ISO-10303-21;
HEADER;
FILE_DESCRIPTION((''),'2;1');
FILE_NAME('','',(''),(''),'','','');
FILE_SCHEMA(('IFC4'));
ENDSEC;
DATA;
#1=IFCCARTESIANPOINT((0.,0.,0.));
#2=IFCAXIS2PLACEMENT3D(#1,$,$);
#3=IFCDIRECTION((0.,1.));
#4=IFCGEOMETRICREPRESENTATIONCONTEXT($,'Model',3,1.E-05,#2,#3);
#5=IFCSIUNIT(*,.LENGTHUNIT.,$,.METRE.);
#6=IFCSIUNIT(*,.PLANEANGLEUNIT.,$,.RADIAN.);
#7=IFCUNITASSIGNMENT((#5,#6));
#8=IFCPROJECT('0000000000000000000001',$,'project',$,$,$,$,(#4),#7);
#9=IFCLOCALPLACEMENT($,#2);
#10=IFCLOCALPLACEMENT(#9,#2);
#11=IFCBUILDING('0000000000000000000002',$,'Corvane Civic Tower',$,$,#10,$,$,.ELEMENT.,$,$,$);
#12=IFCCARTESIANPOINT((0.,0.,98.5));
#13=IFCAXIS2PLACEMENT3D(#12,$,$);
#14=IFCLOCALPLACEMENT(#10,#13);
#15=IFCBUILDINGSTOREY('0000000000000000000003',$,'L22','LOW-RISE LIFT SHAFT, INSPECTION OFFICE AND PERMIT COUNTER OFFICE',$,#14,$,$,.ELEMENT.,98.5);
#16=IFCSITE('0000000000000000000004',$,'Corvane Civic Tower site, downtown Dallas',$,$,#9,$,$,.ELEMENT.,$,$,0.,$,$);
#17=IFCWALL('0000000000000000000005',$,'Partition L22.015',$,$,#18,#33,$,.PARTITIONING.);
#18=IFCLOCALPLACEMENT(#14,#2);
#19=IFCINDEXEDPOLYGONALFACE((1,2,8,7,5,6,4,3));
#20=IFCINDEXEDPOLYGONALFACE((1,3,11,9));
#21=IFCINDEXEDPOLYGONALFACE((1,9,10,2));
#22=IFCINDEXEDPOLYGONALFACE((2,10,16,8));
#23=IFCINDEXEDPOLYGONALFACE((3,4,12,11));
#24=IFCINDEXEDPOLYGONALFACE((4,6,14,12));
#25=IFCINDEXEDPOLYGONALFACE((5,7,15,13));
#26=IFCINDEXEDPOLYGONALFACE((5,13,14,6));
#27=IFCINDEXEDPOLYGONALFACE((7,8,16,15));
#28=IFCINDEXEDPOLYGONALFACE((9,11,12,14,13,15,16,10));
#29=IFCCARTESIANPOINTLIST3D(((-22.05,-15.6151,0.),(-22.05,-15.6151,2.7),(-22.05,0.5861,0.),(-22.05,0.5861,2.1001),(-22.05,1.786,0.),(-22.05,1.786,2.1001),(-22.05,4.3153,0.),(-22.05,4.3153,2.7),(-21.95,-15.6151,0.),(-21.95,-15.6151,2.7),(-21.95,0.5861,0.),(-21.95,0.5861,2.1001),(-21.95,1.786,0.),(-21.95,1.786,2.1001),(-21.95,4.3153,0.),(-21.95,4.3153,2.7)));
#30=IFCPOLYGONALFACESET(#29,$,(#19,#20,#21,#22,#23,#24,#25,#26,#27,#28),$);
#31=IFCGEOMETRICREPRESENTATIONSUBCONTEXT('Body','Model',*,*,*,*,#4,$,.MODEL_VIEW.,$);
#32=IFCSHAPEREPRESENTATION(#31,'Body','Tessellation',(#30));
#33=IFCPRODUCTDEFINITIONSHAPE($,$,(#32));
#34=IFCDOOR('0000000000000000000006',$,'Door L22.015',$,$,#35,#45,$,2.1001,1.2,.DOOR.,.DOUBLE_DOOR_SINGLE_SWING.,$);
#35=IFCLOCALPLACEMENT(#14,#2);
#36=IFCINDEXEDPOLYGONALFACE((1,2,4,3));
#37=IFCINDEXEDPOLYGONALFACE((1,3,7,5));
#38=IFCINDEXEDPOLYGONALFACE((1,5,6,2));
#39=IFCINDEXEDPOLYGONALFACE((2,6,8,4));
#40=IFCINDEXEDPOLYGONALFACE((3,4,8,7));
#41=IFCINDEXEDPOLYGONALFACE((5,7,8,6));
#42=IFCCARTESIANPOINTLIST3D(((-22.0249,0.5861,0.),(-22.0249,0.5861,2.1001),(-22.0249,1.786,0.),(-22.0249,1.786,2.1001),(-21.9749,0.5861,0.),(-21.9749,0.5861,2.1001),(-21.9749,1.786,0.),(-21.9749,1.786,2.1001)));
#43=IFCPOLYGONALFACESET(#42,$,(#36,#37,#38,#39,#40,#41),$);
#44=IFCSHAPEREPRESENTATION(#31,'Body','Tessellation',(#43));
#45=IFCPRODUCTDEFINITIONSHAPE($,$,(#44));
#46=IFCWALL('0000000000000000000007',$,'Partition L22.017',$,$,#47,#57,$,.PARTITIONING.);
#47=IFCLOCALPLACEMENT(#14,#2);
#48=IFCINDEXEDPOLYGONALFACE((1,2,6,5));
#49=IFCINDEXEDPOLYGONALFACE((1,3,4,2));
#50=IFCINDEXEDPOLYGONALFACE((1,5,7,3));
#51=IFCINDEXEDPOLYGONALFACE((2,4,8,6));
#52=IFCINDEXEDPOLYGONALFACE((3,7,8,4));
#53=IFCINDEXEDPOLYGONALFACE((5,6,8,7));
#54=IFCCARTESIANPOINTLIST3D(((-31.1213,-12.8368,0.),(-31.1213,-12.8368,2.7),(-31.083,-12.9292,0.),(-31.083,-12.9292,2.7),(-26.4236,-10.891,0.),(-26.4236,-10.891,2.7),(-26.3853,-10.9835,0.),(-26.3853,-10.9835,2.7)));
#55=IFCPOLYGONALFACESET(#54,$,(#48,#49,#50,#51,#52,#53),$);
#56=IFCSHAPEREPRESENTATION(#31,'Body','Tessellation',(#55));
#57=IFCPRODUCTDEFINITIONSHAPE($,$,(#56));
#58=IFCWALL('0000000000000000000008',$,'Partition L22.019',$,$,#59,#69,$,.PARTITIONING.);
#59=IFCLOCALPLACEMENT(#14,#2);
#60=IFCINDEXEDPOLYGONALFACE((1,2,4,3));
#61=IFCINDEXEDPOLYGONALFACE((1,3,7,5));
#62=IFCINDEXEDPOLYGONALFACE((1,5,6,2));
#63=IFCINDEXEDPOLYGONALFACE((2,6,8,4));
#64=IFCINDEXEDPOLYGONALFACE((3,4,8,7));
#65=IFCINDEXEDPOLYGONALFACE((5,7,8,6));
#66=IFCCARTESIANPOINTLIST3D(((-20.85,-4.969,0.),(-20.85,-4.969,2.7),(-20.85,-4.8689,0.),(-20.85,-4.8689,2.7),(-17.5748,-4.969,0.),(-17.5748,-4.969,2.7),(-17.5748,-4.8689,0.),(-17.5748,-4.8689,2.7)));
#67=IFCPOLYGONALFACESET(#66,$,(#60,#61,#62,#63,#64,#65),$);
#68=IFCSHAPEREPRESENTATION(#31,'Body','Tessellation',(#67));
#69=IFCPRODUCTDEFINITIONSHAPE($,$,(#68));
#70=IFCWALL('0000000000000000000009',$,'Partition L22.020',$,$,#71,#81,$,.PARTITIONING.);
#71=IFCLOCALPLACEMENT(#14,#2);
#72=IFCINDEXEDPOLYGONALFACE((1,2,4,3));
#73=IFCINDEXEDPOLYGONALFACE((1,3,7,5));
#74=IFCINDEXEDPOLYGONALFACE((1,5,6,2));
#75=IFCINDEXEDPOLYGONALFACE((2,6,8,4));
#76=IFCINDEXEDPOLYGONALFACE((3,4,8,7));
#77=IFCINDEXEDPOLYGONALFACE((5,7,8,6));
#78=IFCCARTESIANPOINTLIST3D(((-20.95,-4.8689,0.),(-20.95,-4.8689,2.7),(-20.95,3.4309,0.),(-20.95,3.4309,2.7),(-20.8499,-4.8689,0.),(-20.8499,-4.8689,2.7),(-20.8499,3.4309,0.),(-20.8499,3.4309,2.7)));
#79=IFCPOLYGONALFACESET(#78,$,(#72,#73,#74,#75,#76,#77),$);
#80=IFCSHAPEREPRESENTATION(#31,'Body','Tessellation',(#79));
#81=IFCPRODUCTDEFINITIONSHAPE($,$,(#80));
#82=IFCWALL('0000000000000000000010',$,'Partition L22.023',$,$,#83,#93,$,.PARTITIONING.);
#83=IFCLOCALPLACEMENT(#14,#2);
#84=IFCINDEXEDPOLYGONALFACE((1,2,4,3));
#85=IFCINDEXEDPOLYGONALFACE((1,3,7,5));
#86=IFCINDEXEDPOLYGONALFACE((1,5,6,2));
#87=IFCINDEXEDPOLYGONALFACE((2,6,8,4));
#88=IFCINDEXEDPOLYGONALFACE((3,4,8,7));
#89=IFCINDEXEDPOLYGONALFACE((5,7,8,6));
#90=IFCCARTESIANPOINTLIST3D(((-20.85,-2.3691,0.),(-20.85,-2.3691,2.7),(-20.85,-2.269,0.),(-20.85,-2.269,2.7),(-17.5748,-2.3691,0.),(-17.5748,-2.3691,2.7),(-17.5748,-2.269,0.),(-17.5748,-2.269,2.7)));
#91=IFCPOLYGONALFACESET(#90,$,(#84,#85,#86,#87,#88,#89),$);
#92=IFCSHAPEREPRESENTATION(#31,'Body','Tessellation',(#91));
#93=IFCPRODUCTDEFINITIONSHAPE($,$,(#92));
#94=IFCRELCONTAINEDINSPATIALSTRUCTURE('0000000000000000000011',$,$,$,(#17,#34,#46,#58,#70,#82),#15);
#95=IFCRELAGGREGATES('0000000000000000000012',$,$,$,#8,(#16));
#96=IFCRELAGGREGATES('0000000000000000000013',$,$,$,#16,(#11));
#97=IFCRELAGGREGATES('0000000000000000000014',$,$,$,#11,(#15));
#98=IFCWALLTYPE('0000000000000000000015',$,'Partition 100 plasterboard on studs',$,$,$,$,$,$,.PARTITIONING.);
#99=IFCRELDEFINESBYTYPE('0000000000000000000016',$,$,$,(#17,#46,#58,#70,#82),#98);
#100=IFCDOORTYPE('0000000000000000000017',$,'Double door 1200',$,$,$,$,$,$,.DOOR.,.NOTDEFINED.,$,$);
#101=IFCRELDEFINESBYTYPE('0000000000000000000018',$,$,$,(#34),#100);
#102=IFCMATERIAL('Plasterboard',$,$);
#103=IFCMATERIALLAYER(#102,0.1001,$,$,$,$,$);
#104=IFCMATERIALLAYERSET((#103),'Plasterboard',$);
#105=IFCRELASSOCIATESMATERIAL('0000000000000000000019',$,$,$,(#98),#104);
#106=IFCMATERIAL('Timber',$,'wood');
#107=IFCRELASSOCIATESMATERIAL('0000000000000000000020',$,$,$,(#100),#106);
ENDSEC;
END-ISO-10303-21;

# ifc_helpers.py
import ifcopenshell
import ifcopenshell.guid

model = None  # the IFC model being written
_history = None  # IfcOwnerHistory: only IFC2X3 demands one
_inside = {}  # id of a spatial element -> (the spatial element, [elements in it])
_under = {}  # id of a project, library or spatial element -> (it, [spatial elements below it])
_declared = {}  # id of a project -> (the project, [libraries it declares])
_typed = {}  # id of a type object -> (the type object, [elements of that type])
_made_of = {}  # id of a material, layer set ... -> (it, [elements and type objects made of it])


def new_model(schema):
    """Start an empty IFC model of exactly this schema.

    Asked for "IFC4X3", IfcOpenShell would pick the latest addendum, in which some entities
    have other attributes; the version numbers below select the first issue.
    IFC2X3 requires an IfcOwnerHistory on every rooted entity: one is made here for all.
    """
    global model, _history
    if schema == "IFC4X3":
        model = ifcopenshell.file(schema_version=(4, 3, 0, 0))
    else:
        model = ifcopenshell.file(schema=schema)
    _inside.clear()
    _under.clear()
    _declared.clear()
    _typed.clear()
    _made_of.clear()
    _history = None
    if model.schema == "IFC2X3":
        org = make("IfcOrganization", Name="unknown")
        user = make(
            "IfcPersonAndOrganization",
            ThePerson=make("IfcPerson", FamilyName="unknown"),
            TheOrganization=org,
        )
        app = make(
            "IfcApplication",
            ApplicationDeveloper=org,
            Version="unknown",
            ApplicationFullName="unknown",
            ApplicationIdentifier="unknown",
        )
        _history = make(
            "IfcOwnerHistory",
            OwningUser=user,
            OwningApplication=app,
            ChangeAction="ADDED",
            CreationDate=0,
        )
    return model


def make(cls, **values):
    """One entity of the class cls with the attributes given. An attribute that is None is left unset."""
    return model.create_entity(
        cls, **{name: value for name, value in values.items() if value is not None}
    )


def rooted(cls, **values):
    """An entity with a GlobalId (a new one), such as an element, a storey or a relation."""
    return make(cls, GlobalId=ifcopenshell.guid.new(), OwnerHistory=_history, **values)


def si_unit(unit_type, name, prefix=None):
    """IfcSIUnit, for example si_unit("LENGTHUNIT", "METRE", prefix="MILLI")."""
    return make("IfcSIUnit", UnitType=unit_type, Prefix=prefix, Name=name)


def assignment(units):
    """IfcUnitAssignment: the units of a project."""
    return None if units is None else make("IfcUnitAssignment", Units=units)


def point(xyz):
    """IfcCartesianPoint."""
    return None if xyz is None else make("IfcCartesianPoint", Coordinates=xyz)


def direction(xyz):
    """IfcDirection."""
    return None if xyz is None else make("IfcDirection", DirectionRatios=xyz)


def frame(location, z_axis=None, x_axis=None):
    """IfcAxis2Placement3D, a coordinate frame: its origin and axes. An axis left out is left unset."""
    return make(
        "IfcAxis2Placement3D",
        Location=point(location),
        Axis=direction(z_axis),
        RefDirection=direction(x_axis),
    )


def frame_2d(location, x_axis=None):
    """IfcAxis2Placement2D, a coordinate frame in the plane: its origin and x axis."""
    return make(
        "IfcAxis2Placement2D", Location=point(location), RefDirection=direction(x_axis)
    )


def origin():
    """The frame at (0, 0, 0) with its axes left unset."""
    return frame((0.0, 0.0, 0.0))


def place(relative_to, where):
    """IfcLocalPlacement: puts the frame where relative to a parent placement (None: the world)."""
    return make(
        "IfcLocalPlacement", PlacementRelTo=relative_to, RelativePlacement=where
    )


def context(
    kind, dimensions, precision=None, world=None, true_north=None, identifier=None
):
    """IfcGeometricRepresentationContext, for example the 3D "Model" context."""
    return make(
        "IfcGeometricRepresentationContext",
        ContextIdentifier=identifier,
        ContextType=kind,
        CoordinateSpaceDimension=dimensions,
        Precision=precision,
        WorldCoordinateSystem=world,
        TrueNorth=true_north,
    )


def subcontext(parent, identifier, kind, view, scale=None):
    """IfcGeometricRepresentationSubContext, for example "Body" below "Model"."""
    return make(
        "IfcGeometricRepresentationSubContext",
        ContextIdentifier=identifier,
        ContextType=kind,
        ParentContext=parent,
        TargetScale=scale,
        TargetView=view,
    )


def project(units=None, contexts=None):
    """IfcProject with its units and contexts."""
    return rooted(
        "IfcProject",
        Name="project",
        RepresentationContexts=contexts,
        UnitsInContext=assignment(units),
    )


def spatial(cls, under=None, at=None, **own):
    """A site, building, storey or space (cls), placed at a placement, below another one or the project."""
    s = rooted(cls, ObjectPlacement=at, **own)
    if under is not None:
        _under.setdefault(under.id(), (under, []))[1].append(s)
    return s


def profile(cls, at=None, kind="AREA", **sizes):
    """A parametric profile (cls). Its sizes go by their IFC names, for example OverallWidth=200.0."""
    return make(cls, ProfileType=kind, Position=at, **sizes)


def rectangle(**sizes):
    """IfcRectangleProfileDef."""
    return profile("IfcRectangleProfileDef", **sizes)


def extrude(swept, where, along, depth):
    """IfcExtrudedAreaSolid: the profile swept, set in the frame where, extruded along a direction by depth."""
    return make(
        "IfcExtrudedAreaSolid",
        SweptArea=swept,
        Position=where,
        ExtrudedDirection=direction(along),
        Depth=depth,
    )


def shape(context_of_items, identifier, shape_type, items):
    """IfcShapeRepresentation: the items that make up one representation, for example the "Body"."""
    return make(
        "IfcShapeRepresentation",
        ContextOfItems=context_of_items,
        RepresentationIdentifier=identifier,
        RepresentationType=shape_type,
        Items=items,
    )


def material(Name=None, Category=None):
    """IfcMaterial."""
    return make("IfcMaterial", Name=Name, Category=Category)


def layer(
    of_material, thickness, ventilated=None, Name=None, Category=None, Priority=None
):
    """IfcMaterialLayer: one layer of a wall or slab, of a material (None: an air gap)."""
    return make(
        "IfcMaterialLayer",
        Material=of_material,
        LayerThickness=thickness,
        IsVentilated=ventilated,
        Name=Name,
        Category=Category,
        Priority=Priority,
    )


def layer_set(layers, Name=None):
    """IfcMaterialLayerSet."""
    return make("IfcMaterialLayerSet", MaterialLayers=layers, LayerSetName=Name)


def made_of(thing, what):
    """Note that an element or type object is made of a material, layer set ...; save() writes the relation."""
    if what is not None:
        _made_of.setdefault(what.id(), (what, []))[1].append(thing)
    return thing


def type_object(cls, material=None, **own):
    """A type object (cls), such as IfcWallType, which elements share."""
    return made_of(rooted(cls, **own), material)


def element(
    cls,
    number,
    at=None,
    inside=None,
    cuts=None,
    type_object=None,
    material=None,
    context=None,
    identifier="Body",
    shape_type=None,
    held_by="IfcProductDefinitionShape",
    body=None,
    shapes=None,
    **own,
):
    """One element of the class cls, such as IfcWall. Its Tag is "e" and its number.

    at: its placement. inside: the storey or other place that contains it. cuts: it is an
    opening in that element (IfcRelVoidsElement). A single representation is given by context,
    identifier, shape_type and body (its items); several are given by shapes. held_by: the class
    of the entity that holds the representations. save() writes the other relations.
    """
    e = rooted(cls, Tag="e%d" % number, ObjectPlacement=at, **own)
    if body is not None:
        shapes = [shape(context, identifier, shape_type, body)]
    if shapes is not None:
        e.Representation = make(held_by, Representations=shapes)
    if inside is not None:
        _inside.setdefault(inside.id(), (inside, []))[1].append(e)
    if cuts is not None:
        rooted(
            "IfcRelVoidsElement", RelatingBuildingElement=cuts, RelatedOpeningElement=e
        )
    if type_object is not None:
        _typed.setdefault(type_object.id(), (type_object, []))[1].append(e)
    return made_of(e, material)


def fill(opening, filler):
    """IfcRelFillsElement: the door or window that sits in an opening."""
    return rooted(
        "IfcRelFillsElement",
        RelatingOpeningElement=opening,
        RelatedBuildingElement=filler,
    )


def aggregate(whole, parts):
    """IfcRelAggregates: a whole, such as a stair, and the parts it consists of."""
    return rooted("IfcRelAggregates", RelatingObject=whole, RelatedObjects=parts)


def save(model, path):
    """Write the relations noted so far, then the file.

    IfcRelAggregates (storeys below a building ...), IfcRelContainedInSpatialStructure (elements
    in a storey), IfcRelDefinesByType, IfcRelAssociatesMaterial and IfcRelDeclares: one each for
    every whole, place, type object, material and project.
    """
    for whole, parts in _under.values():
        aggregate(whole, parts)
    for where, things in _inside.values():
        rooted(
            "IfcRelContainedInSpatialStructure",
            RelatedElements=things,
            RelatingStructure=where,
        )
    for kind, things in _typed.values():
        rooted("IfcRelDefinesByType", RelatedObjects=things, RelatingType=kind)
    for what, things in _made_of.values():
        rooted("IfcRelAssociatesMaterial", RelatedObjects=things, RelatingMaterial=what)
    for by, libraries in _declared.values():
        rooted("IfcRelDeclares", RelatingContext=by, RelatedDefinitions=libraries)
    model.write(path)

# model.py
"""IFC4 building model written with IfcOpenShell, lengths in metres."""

from ifc_helpers import new_model, si_unit, direction, frame, frame_2d, origin, place, context, subcontext, project, spatial, rectangle, extrude, material, layer, layer_set, type_object, element, fill, save


model = new_model("IFC4")

# Units and contexts
model_context = context("Model", 3, precision=1e-05, world=origin(), true_north=direction((0.0, 1.0)))
body_context = subcontext(model_context, "Body", "Model", "MODEL_VIEW")
ifc_project = project(units=[si_unit("LENGTHUNIT", "METRE"), si_unit("PLANEANGLEUNIT", "RADIAN")], contexts=[model_context])

# Site, building, storey
site_placement = place(None, origin())
site = spatial("IfcSite", under=ifc_project, at=site_placement, Name="Corvane Civic Tower site, downtown Dallas", CompositionType="ELEMENT", RefElevation=0.0)
building_placement = place(site_placement, origin())
building = spatial("IfcBuilding", under=site, at=building_placement, Name="Corvane Civic Tower", CompositionType="ELEMENT")
storey_placement = place(building_placement, frame((0.0, 0.0, 98.5)))
storey = spatial("IfcBuildingStorey", under=building, at=storey_placement, Name="L22", Description="LOW-RISE LIFT SHAFT, INSPECTION OFFICE AND PERMIT COUNTER OFFICE", CompositionType="ELEMENT", Elevation=98.5)

# Wall, opening, door
ifc_material_1 = material(Name="Plasterboard")
ifc_layer_1 = layer(ifc_material_1, 0.1001)
ifc_layer_set_1 = layer_set([ifc_layer_1], Name="Plasterboard")
wall_type_1 = type_object("IfcWallType", Name="Partition 100 plasterboard on studs", PredefinedType="PARTITIONING", material=ifc_layer_set_1)
wall_1_placement = place(storey_placement, frame((-22.0, -15.6152, 0.0), z_axis=(0.0, 0.0, 1.0), x_axis=(0.0, 1.0, 0.0)))
wall_1 = element("IfcWall", 1, at=wall_1_placement, inside=storey, type_object=wall_type_1, Name="Partition L22.015", PredefinedType="PARTITIONING", context=body_context, shape_type="SweptSolid", body=[
    extrude(rectangle(XDim=19.9304, YDim=0.1001, at=frame_2d((9.9653, 0.0))), origin(), (0.0, 0.0, 1.0), 2.7),
])
opening_1_placement = place(wall_1_placement, frame((16.2012, 0.0, 0.0)))
opening_1 = element("IfcOpeningElement", 2, at=opening_1_placement, cuts=wall_1, PredefinedType="OPENING", context=body_context, shape_type="SweptSolid", body=[
    extrude(rectangle(XDim=1.2, YDim=2.1001, at=frame_2d((0.6001, 1.05))), frame((0.0, 0.0601, 0.0), z_axis=(0.0, -1.0, 0.0), x_axis=(1.0, 0.0, 0.0)), (0.0, 0.0, 1.0), 0.1201),
])
ifc_material_2 = material(Name="Timber", Category="wood")
door_type_1 = type_object("IfcDoorType", Name="Double door 1200", OperationType="NOTDEFINED", PredefinedType="DOOR", material=ifc_material_2)
door_1_placement = place(opening_1_placement, origin())
door_1 = element("IfcDoor", 3, at=door_1_placement, inside=storey, type_object=door_type_1, Name="Door L22.015", OperationType="DOUBLE_DOOR_SINGLE_SWING", OverallHeight=2.1001, OverallWidth=1.2, PredefinedType="DOOR", context=body_context, shape_type="SweptSolid", body=[
    extrude(rectangle(XDim=1.2, YDim=2.1001, at=frame_2d((0.6001, 1.05))), frame((0.0, 0.0249, 0.0), z_axis=(0.0, -1.0, 0.0), x_axis=(1.0, 0.0, 0.0)), (0.0, 0.0, 1.0), 0.05),
])
fill(opening_1, door_1)

# Walls
wall_2_placement = place(storey_placement, frame((-31.1023, -12.8831, 0.0), z_axis=(0.0, 0.0, 1.0), x_axis=(0.923885, 0.382671, 0.0)))
element("IfcWall", 4, at=wall_2_placement, inside=storey, type_object=wall_type_1, Name="Partition L22.017", PredefinedType="PARTITIONING", context=body_context, shape_type="SweptSolid", body=[
    extrude(rectangle(XDim=5.0847, YDim=0.1001, at=frame_2d((2.5425, 0.0))), origin(), (0.0, 0.0, 1.0), 2.7),
])
wall_3_placement = place(storey_placement, frame((-20.8501, -4.9189, 0.0), z_axis=(0.0, 0.0, 1.0), x_axis=(1.0, 0.0, 0.0)))
element("IfcWall", 5, at=wall_3_placement, inside=storey, type_object=wall_type_1, Name="Partition L22.019", PredefinedType="PARTITIONING", context=body_context, shape_type="SweptSolid", body=[
    extrude(rectangle(XDim=3.2751, YDim=0.1001, at=frame_2d((1.6377, 0.0))), origin(), (0.0, 0.0, 1.0), 2.7),
])
wall_4_placement = place(storey_placement, frame((-20.8999, -4.8689, 0.0), z_axis=(0.0, 0.0, 1.0), x_axis=(0.0, 1.0, 0.0)))
element("IfcWall", 6, at=wall_4_placement, inside=storey, type_object=wall_type_1, Name="Partition L22.020", PredefinedType="PARTITIONING", context=body_context, shape_type="SweptSolid", body=[
    extrude(rectangle(XDim=8.2998, YDim=0.1001, at=frame_2d((4.1499, 0.0))), origin(), (0.0, 0.0, 1.0), 2.7),
])
wall_5_placement = place(storey_placement, frame((-20.8501, -2.3191, 0.0), z_axis=(0.0, 0.0, 1.0), x_axis=(1.0, 0.0, 0.0)))
element("IfcWall", 7, at=wall_5_placement, inside=storey, type_object=wall_type_1, Name="Partition L22.023", PredefinedType="PARTITIONING", context=body_context, shape_type="SweptSolid", body=[
    extrude(rectangle(XDim=3.2751, YDim=0.1001, at=frame_2d((1.6377, 0.0))), origin(), (0.0, 0.0, 1.0), 2.7),
])

save(model, "model.ifc")
